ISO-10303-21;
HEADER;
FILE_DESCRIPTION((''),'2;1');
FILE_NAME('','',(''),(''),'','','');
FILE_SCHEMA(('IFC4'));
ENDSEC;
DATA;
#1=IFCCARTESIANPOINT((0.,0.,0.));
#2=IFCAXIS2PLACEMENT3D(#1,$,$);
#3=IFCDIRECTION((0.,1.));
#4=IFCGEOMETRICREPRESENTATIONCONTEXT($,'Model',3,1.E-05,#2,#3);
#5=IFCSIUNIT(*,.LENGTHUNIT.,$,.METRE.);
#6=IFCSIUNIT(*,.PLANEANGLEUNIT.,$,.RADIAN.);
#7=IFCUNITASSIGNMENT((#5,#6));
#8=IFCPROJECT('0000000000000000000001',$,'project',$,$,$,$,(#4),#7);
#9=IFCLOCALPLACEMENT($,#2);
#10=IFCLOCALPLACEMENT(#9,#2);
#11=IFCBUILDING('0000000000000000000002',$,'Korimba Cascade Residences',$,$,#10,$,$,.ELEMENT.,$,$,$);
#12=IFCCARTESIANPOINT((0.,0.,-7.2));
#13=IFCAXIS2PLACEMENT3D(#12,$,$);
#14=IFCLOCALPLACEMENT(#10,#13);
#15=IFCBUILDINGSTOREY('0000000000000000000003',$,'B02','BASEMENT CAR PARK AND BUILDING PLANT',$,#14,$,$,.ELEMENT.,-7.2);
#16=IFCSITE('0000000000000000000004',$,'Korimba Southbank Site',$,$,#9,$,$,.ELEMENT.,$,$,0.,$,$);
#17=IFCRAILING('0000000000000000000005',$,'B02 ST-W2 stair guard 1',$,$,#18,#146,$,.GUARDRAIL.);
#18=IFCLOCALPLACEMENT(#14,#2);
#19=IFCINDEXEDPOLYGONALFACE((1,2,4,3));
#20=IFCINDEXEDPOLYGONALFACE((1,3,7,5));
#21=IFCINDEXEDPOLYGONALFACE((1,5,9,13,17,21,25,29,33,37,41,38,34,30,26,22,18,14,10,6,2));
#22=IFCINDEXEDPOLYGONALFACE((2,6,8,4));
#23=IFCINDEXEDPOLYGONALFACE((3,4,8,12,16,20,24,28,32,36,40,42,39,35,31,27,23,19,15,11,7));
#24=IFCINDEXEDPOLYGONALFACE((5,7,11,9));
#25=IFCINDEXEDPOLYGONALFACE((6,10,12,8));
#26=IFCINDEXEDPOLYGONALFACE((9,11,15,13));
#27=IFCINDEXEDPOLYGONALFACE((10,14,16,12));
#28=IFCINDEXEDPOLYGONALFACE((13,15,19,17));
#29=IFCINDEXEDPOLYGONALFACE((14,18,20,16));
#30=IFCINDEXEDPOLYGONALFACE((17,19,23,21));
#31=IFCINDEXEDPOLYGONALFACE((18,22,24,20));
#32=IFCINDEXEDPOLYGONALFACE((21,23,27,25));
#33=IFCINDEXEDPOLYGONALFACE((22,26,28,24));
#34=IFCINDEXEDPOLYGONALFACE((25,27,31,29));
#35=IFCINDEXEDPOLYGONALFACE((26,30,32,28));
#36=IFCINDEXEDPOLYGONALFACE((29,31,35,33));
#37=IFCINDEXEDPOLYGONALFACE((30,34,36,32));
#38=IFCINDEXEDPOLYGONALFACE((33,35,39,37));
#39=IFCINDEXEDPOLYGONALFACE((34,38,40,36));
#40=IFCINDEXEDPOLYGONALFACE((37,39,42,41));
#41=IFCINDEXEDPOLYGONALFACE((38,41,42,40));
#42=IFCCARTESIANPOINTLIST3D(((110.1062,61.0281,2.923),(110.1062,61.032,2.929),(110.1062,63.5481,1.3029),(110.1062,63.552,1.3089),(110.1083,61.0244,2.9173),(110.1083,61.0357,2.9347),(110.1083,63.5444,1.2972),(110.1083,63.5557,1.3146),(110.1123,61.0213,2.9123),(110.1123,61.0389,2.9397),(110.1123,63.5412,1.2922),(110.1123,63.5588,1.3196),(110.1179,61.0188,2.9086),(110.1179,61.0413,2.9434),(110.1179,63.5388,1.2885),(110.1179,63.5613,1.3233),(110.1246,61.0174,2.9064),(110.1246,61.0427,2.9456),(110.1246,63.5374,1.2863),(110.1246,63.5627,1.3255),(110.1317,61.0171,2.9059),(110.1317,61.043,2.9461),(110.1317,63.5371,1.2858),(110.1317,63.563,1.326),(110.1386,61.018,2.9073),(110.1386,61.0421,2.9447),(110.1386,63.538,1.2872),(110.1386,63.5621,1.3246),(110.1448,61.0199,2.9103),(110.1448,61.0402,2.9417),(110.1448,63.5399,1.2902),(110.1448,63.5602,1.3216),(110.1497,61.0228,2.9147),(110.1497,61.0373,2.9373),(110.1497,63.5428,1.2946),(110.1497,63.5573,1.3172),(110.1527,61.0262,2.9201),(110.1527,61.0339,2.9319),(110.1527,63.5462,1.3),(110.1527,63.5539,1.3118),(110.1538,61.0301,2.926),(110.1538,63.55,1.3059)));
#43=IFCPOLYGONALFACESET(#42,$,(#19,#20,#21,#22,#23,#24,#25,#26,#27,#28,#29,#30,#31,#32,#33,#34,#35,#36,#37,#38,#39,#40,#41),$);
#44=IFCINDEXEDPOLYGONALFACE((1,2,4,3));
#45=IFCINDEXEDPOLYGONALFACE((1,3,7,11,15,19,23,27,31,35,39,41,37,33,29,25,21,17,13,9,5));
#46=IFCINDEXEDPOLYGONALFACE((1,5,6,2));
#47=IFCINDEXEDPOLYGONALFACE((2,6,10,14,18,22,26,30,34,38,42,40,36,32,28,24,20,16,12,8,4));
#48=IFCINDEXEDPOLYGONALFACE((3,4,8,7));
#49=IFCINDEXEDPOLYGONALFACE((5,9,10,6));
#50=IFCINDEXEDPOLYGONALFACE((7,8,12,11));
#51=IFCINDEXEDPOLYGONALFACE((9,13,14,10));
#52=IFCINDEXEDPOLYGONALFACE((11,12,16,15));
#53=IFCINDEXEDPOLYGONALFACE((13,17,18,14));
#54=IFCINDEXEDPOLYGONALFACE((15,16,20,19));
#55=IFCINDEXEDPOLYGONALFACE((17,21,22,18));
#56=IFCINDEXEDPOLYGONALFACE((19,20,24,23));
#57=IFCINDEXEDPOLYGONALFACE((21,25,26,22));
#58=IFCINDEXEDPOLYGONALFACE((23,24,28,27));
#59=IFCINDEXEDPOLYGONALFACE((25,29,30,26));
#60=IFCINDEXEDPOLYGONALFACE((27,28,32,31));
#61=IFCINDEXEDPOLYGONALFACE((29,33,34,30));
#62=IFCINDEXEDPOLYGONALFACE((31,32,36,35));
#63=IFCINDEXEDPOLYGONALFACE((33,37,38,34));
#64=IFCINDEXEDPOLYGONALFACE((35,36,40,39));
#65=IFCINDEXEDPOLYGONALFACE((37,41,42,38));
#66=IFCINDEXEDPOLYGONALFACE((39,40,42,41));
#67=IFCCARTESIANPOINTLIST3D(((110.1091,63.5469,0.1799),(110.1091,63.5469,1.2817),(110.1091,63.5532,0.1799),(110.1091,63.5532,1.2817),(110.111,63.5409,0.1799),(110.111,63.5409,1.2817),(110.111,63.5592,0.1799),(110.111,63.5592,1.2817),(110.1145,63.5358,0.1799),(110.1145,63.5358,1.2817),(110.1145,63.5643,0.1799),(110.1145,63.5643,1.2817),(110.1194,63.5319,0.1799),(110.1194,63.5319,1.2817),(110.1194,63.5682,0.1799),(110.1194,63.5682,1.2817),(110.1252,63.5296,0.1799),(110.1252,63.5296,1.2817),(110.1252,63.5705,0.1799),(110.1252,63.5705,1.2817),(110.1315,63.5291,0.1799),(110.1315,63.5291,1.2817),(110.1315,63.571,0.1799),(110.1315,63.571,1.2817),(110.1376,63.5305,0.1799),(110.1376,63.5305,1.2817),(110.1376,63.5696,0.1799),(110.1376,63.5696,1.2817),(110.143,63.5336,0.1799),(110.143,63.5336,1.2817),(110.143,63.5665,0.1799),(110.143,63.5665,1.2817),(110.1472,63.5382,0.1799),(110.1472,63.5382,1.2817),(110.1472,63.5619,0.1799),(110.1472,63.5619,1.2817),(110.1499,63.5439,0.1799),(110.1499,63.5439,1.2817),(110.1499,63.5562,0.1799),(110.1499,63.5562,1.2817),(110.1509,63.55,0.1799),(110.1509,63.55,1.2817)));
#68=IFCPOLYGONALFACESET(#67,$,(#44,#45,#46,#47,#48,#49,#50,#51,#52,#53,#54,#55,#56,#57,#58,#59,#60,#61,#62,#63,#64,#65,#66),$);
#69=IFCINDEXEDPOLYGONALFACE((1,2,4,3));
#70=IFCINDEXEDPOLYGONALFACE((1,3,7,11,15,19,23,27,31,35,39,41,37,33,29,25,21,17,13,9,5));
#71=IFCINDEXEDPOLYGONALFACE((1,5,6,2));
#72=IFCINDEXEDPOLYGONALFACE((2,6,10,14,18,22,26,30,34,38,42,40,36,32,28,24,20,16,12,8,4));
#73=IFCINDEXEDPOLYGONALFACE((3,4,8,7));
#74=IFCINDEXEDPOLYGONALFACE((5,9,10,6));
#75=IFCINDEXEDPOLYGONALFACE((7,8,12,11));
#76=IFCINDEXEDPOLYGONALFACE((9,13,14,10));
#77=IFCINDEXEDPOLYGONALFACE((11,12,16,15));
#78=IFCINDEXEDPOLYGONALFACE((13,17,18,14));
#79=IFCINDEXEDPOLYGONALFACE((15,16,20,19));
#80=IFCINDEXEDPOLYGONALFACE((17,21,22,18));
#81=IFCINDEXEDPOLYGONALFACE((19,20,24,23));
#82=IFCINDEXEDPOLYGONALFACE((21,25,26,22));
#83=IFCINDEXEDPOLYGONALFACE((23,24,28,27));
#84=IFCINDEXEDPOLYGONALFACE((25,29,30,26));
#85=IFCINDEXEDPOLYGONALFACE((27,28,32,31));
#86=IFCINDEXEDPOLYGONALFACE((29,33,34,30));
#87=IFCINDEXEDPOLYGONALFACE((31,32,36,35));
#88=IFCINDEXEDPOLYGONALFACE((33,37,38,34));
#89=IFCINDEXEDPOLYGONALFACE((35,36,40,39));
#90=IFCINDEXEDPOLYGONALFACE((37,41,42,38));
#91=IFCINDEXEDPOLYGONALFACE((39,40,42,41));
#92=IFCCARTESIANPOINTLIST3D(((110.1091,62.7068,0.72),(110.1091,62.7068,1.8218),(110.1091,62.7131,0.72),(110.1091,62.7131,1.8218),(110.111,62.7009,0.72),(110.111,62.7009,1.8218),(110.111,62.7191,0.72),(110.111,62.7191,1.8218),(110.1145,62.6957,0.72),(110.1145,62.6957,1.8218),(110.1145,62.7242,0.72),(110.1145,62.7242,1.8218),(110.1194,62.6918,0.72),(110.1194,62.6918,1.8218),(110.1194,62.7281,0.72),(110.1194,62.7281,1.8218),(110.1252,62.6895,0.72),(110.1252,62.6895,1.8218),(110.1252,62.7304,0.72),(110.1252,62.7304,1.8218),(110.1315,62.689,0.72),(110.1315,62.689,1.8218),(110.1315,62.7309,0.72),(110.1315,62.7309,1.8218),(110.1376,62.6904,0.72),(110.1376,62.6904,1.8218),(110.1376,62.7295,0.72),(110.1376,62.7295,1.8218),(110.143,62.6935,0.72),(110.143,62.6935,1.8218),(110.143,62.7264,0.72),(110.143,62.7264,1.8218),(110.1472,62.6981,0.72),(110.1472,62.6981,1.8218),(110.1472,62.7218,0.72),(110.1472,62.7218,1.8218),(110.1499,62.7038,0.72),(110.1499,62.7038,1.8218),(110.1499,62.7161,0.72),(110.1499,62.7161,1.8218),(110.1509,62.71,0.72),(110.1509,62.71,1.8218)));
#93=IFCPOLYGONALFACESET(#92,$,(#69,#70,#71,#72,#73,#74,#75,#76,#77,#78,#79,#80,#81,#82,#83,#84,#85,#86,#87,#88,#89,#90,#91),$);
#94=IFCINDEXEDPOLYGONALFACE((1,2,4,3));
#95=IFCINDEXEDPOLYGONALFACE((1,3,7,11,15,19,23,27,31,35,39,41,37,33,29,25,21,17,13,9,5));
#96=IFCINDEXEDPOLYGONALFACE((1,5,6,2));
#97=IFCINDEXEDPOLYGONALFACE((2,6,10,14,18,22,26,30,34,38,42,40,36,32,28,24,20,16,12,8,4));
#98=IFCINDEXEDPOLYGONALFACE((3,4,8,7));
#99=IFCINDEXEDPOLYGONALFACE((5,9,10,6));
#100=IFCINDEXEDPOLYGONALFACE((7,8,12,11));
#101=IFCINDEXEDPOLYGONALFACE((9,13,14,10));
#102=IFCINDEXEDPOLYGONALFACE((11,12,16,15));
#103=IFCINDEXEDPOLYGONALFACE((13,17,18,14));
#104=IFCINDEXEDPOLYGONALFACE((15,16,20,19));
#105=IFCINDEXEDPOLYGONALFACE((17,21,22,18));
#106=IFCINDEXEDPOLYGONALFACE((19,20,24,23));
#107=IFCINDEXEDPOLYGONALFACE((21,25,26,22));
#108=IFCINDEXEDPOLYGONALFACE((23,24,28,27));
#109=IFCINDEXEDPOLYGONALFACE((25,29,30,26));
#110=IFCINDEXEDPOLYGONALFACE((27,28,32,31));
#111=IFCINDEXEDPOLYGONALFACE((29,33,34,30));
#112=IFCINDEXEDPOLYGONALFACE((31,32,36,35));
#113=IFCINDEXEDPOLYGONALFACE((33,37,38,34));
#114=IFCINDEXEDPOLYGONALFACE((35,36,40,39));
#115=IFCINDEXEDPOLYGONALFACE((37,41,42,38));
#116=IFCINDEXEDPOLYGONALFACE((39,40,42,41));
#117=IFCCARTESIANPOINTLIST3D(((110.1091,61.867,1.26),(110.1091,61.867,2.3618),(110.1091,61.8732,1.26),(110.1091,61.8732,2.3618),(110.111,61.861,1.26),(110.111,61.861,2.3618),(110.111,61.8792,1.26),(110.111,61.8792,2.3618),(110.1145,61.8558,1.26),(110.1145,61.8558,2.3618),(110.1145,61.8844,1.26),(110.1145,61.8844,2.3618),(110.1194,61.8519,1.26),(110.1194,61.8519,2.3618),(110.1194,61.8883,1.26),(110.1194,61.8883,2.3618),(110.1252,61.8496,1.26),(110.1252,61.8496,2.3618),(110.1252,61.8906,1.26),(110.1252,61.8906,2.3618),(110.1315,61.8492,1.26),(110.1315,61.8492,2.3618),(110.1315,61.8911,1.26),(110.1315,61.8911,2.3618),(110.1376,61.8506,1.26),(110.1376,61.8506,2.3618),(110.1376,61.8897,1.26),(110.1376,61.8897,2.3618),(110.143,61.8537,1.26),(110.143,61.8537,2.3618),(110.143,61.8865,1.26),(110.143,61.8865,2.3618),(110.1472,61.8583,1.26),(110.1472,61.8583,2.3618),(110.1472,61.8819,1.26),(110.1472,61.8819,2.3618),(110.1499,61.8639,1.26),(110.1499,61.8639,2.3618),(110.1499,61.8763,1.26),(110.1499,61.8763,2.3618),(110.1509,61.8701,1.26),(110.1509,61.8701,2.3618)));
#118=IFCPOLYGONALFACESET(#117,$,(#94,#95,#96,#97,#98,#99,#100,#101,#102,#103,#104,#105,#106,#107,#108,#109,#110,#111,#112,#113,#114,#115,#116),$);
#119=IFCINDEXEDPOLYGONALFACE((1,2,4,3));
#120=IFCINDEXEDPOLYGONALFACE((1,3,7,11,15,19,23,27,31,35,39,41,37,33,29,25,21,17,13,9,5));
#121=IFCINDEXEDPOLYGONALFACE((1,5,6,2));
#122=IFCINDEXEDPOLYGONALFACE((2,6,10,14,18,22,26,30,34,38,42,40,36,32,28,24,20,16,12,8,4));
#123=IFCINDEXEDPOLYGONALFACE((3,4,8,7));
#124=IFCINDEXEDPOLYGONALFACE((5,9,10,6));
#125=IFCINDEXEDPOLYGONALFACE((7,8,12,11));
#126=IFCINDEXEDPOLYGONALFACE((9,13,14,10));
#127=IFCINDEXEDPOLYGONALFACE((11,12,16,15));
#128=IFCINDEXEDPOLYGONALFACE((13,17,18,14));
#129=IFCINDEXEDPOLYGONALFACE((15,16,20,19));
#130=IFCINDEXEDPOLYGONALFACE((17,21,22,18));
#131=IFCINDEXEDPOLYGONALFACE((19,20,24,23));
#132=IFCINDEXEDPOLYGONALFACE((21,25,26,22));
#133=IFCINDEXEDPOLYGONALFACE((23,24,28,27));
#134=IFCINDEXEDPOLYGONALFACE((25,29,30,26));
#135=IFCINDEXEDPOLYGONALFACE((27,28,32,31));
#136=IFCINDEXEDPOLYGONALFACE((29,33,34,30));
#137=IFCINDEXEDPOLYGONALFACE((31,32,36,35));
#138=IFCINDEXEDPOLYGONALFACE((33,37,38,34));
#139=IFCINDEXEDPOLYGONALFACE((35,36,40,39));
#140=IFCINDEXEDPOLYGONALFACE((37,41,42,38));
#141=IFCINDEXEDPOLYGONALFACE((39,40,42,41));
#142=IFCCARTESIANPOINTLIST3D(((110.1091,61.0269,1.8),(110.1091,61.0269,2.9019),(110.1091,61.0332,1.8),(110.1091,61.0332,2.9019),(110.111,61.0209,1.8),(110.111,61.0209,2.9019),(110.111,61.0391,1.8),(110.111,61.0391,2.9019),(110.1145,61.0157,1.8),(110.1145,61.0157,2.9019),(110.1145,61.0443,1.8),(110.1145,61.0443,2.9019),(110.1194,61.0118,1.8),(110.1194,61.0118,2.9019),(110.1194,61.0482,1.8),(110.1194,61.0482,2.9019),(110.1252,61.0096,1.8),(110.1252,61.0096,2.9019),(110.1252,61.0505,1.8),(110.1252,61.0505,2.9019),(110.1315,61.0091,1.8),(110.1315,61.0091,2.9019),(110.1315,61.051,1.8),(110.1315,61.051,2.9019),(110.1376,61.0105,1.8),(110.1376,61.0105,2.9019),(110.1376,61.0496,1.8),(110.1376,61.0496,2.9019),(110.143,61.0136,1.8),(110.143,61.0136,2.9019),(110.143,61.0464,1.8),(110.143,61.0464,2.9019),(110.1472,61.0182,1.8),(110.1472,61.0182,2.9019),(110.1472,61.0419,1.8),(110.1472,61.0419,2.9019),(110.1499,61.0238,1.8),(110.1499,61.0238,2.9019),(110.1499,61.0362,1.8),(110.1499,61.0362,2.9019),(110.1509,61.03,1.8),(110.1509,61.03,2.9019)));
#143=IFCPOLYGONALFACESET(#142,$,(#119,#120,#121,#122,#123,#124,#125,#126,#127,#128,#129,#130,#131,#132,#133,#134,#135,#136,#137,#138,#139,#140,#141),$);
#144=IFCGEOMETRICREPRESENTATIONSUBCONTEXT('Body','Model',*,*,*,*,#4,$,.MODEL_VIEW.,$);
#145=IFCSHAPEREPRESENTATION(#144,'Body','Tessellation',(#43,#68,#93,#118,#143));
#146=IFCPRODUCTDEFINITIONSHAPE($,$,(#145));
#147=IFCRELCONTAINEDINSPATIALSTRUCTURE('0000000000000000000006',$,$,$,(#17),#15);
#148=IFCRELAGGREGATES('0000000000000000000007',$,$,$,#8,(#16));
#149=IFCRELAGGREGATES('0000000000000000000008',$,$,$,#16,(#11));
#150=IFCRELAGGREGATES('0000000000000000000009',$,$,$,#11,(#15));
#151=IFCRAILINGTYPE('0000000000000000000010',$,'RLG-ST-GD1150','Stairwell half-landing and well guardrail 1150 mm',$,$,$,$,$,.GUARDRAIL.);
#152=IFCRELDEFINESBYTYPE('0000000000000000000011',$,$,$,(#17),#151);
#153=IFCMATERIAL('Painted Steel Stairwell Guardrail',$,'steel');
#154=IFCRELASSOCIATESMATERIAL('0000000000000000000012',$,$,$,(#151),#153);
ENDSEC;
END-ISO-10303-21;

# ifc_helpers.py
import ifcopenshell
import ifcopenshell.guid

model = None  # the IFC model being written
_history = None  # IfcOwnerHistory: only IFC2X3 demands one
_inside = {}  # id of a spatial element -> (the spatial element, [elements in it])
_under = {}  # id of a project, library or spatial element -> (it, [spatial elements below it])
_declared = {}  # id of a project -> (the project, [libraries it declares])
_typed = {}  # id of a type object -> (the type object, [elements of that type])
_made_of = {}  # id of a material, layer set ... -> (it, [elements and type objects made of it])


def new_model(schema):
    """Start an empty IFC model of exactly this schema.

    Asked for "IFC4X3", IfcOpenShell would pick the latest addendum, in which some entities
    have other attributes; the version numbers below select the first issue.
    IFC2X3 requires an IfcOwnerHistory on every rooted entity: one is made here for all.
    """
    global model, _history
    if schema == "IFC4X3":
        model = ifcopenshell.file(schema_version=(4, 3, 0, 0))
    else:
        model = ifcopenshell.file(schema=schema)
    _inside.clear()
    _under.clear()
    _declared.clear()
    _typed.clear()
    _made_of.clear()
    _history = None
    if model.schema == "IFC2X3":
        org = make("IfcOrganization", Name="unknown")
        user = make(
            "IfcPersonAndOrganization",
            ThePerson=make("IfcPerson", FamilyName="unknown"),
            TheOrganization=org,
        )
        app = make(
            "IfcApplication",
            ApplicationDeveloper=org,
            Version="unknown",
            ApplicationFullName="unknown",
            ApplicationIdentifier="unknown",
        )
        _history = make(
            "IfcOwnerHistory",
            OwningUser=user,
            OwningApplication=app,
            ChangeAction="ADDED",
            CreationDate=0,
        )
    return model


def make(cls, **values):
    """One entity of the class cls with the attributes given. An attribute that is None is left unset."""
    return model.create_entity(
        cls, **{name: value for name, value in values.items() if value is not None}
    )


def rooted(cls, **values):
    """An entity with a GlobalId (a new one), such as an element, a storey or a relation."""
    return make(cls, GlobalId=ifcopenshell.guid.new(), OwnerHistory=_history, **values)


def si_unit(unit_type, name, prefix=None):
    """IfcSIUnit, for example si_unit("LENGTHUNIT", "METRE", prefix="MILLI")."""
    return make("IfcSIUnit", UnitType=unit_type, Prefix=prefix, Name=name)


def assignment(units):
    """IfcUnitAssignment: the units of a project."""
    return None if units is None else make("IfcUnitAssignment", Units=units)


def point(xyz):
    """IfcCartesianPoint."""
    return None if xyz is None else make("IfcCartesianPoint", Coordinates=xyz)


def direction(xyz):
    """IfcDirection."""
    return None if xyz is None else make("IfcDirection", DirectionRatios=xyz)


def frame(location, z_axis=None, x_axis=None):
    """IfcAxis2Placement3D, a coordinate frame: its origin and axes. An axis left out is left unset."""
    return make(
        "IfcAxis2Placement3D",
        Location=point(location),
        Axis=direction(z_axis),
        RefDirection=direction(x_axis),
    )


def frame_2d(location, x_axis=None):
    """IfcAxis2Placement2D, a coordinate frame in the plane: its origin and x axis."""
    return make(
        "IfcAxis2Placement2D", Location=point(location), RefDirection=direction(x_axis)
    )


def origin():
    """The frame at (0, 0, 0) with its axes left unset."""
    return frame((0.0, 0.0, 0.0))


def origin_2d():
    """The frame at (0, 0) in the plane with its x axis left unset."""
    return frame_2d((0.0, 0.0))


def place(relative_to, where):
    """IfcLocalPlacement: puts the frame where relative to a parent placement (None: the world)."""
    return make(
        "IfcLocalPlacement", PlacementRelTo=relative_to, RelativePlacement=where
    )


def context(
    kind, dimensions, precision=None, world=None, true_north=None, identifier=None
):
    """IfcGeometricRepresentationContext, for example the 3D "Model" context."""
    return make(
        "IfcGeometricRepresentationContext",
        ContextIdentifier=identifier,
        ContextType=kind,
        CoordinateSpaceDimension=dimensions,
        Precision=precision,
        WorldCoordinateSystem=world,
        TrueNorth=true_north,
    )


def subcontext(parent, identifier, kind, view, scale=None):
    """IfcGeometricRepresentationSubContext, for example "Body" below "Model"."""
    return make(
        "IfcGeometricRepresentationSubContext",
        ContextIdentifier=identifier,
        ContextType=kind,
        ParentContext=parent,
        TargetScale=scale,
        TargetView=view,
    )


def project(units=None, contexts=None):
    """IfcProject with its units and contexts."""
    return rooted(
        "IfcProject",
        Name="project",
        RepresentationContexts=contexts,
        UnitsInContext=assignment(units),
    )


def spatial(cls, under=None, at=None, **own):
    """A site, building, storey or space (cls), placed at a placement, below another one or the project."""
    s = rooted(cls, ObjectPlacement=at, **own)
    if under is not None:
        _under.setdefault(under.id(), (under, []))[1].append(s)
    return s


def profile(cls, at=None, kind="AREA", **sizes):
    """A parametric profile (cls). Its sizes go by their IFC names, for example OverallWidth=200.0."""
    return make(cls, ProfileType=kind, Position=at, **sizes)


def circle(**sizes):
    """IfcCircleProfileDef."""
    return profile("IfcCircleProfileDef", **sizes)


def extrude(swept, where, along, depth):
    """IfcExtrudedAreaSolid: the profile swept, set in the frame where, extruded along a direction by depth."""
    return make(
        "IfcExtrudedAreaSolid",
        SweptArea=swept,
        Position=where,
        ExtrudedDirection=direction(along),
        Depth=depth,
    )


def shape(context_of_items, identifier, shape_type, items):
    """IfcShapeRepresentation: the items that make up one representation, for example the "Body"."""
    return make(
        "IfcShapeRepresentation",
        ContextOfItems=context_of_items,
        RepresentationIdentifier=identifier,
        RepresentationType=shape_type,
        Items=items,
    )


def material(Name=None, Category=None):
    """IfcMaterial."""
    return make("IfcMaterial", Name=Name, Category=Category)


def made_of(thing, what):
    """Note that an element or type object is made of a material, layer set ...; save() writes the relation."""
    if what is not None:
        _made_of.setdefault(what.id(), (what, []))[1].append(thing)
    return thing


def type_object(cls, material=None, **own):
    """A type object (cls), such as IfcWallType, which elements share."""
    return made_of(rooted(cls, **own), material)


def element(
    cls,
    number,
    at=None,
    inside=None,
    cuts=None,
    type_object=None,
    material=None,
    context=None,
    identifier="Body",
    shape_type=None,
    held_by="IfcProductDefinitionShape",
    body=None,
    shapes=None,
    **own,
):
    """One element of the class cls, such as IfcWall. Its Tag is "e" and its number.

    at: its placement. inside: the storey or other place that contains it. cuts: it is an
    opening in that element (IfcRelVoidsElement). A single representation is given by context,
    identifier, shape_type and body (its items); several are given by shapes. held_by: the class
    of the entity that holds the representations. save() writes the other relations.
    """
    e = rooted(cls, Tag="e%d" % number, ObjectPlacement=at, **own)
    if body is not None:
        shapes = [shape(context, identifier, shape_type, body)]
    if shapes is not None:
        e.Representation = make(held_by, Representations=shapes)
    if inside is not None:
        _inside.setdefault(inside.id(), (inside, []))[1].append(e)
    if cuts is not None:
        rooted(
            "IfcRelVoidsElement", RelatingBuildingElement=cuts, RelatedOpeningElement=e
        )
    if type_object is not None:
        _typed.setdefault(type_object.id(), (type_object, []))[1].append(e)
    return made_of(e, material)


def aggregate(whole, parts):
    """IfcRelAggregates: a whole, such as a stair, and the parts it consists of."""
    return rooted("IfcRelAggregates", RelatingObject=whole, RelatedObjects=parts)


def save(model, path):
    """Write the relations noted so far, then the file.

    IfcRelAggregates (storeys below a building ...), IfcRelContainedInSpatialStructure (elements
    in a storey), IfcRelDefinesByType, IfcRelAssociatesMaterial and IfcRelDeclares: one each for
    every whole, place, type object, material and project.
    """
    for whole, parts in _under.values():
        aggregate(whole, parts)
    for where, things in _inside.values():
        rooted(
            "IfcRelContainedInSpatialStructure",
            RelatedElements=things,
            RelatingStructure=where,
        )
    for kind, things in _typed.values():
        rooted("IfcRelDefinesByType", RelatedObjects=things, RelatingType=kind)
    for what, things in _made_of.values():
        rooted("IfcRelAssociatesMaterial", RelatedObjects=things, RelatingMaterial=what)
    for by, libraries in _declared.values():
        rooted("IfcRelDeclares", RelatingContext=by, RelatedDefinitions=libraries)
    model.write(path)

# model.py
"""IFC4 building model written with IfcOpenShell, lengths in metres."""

from ifc_helpers import new_model, si_unit, direction, frame, origin, origin_2d, place, context, subcontext, project, spatial, circle, extrude, material, type_object, element, save


model = new_model("IFC4")

# Units and contexts
model_context = context("Model", 3, precision=1e-05, world=origin(), true_north=direction((0.0, 1.0)))
body_context = subcontext(model_context, "Body", "Model", "MODEL_VIEW")
ifc_project = project(units=[si_unit("LENGTHUNIT", "METRE"), si_unit("PLANEANGLEUNIT", "RADIAN")], contexts=[model_context])

# Site, building, storey
site_placement = place(None, origin())
site = spatial("IfcSite", under=ifc_project, at=site_placement, Name="Korimba Southbank Site", CompositionType="ELEMENT", RefElevation=0.0)
building_placement = place(site_placement, origin())
building = spatial("IfcBuilding", under=site, at=building_placement, Name="Korimba Cascade Residences", CompositionType="ELEMENT")
storey_placement = place(building_placement, frame((0.0, 0.0, -7.2)))
storey = spatial("IfcBuildingStorey", under=building, at=storey_placement, Name="B02", Description="BASEMENT CAR PARK AND BUILDING PLANT", CompositionType="ELEMENT", Elevation=-7.2)

# Railing
ifc_material_1 = material(Name="Painted Steel Stairwell Guardrail", Category="steel")
railing_type_1 = type_object("IfcRailingType", Name="RLG-ST-GD1150", Description="Stairwell half-landing and well guardrail 1150 mm", PredefinedType="GUARDRAIL", material=ifc_material_1)
railing_1_placement = place(storey_placement, frame((110.1299, 63.55, 0.1799)))
element("IfcRailing", 1, at=railing_1_placement, inside=storey, type_object=railing_type_1, Name="B02 ST-W2 stair guard 1", PredefinedType="GUARDRAIL", context=body_context, shape_type="SweptSolid", body=[
    extrude(circle(Radius=0.0239, at=origin_2d()), frame((0.0, 0.0, 1.126), z_axis=(0.0, -0.841163, 0.540782), x_axis=(1.0, 0.0, 0.0)), (0.0, 0.0, 1.0), 2.9958),
    extrude(circle(Radius=0.021, at=origin_2d()), origin(), (0.0, 0.0, 1.0), 1.1018),
    extrude(circle(Radius=0.021, at=origin_2d()), frame((0.0, -0.8401, 0.54)), (0.0, 0.0, 1.0), 1.1018),
    extrude(circle(Radius=0.021, at=origin_2d()), frame((0.0, -1.6799, 1.0801)), (0.0, 0.0, 1.0), 1.1018),
    extrude(circle(Radius=0.021, at=origin_2d()), frame((0.0, -2.52, 1.6201)), (0.0, 0.0, 1.0), 1.1018),
])

save(model, "model.ifc")
